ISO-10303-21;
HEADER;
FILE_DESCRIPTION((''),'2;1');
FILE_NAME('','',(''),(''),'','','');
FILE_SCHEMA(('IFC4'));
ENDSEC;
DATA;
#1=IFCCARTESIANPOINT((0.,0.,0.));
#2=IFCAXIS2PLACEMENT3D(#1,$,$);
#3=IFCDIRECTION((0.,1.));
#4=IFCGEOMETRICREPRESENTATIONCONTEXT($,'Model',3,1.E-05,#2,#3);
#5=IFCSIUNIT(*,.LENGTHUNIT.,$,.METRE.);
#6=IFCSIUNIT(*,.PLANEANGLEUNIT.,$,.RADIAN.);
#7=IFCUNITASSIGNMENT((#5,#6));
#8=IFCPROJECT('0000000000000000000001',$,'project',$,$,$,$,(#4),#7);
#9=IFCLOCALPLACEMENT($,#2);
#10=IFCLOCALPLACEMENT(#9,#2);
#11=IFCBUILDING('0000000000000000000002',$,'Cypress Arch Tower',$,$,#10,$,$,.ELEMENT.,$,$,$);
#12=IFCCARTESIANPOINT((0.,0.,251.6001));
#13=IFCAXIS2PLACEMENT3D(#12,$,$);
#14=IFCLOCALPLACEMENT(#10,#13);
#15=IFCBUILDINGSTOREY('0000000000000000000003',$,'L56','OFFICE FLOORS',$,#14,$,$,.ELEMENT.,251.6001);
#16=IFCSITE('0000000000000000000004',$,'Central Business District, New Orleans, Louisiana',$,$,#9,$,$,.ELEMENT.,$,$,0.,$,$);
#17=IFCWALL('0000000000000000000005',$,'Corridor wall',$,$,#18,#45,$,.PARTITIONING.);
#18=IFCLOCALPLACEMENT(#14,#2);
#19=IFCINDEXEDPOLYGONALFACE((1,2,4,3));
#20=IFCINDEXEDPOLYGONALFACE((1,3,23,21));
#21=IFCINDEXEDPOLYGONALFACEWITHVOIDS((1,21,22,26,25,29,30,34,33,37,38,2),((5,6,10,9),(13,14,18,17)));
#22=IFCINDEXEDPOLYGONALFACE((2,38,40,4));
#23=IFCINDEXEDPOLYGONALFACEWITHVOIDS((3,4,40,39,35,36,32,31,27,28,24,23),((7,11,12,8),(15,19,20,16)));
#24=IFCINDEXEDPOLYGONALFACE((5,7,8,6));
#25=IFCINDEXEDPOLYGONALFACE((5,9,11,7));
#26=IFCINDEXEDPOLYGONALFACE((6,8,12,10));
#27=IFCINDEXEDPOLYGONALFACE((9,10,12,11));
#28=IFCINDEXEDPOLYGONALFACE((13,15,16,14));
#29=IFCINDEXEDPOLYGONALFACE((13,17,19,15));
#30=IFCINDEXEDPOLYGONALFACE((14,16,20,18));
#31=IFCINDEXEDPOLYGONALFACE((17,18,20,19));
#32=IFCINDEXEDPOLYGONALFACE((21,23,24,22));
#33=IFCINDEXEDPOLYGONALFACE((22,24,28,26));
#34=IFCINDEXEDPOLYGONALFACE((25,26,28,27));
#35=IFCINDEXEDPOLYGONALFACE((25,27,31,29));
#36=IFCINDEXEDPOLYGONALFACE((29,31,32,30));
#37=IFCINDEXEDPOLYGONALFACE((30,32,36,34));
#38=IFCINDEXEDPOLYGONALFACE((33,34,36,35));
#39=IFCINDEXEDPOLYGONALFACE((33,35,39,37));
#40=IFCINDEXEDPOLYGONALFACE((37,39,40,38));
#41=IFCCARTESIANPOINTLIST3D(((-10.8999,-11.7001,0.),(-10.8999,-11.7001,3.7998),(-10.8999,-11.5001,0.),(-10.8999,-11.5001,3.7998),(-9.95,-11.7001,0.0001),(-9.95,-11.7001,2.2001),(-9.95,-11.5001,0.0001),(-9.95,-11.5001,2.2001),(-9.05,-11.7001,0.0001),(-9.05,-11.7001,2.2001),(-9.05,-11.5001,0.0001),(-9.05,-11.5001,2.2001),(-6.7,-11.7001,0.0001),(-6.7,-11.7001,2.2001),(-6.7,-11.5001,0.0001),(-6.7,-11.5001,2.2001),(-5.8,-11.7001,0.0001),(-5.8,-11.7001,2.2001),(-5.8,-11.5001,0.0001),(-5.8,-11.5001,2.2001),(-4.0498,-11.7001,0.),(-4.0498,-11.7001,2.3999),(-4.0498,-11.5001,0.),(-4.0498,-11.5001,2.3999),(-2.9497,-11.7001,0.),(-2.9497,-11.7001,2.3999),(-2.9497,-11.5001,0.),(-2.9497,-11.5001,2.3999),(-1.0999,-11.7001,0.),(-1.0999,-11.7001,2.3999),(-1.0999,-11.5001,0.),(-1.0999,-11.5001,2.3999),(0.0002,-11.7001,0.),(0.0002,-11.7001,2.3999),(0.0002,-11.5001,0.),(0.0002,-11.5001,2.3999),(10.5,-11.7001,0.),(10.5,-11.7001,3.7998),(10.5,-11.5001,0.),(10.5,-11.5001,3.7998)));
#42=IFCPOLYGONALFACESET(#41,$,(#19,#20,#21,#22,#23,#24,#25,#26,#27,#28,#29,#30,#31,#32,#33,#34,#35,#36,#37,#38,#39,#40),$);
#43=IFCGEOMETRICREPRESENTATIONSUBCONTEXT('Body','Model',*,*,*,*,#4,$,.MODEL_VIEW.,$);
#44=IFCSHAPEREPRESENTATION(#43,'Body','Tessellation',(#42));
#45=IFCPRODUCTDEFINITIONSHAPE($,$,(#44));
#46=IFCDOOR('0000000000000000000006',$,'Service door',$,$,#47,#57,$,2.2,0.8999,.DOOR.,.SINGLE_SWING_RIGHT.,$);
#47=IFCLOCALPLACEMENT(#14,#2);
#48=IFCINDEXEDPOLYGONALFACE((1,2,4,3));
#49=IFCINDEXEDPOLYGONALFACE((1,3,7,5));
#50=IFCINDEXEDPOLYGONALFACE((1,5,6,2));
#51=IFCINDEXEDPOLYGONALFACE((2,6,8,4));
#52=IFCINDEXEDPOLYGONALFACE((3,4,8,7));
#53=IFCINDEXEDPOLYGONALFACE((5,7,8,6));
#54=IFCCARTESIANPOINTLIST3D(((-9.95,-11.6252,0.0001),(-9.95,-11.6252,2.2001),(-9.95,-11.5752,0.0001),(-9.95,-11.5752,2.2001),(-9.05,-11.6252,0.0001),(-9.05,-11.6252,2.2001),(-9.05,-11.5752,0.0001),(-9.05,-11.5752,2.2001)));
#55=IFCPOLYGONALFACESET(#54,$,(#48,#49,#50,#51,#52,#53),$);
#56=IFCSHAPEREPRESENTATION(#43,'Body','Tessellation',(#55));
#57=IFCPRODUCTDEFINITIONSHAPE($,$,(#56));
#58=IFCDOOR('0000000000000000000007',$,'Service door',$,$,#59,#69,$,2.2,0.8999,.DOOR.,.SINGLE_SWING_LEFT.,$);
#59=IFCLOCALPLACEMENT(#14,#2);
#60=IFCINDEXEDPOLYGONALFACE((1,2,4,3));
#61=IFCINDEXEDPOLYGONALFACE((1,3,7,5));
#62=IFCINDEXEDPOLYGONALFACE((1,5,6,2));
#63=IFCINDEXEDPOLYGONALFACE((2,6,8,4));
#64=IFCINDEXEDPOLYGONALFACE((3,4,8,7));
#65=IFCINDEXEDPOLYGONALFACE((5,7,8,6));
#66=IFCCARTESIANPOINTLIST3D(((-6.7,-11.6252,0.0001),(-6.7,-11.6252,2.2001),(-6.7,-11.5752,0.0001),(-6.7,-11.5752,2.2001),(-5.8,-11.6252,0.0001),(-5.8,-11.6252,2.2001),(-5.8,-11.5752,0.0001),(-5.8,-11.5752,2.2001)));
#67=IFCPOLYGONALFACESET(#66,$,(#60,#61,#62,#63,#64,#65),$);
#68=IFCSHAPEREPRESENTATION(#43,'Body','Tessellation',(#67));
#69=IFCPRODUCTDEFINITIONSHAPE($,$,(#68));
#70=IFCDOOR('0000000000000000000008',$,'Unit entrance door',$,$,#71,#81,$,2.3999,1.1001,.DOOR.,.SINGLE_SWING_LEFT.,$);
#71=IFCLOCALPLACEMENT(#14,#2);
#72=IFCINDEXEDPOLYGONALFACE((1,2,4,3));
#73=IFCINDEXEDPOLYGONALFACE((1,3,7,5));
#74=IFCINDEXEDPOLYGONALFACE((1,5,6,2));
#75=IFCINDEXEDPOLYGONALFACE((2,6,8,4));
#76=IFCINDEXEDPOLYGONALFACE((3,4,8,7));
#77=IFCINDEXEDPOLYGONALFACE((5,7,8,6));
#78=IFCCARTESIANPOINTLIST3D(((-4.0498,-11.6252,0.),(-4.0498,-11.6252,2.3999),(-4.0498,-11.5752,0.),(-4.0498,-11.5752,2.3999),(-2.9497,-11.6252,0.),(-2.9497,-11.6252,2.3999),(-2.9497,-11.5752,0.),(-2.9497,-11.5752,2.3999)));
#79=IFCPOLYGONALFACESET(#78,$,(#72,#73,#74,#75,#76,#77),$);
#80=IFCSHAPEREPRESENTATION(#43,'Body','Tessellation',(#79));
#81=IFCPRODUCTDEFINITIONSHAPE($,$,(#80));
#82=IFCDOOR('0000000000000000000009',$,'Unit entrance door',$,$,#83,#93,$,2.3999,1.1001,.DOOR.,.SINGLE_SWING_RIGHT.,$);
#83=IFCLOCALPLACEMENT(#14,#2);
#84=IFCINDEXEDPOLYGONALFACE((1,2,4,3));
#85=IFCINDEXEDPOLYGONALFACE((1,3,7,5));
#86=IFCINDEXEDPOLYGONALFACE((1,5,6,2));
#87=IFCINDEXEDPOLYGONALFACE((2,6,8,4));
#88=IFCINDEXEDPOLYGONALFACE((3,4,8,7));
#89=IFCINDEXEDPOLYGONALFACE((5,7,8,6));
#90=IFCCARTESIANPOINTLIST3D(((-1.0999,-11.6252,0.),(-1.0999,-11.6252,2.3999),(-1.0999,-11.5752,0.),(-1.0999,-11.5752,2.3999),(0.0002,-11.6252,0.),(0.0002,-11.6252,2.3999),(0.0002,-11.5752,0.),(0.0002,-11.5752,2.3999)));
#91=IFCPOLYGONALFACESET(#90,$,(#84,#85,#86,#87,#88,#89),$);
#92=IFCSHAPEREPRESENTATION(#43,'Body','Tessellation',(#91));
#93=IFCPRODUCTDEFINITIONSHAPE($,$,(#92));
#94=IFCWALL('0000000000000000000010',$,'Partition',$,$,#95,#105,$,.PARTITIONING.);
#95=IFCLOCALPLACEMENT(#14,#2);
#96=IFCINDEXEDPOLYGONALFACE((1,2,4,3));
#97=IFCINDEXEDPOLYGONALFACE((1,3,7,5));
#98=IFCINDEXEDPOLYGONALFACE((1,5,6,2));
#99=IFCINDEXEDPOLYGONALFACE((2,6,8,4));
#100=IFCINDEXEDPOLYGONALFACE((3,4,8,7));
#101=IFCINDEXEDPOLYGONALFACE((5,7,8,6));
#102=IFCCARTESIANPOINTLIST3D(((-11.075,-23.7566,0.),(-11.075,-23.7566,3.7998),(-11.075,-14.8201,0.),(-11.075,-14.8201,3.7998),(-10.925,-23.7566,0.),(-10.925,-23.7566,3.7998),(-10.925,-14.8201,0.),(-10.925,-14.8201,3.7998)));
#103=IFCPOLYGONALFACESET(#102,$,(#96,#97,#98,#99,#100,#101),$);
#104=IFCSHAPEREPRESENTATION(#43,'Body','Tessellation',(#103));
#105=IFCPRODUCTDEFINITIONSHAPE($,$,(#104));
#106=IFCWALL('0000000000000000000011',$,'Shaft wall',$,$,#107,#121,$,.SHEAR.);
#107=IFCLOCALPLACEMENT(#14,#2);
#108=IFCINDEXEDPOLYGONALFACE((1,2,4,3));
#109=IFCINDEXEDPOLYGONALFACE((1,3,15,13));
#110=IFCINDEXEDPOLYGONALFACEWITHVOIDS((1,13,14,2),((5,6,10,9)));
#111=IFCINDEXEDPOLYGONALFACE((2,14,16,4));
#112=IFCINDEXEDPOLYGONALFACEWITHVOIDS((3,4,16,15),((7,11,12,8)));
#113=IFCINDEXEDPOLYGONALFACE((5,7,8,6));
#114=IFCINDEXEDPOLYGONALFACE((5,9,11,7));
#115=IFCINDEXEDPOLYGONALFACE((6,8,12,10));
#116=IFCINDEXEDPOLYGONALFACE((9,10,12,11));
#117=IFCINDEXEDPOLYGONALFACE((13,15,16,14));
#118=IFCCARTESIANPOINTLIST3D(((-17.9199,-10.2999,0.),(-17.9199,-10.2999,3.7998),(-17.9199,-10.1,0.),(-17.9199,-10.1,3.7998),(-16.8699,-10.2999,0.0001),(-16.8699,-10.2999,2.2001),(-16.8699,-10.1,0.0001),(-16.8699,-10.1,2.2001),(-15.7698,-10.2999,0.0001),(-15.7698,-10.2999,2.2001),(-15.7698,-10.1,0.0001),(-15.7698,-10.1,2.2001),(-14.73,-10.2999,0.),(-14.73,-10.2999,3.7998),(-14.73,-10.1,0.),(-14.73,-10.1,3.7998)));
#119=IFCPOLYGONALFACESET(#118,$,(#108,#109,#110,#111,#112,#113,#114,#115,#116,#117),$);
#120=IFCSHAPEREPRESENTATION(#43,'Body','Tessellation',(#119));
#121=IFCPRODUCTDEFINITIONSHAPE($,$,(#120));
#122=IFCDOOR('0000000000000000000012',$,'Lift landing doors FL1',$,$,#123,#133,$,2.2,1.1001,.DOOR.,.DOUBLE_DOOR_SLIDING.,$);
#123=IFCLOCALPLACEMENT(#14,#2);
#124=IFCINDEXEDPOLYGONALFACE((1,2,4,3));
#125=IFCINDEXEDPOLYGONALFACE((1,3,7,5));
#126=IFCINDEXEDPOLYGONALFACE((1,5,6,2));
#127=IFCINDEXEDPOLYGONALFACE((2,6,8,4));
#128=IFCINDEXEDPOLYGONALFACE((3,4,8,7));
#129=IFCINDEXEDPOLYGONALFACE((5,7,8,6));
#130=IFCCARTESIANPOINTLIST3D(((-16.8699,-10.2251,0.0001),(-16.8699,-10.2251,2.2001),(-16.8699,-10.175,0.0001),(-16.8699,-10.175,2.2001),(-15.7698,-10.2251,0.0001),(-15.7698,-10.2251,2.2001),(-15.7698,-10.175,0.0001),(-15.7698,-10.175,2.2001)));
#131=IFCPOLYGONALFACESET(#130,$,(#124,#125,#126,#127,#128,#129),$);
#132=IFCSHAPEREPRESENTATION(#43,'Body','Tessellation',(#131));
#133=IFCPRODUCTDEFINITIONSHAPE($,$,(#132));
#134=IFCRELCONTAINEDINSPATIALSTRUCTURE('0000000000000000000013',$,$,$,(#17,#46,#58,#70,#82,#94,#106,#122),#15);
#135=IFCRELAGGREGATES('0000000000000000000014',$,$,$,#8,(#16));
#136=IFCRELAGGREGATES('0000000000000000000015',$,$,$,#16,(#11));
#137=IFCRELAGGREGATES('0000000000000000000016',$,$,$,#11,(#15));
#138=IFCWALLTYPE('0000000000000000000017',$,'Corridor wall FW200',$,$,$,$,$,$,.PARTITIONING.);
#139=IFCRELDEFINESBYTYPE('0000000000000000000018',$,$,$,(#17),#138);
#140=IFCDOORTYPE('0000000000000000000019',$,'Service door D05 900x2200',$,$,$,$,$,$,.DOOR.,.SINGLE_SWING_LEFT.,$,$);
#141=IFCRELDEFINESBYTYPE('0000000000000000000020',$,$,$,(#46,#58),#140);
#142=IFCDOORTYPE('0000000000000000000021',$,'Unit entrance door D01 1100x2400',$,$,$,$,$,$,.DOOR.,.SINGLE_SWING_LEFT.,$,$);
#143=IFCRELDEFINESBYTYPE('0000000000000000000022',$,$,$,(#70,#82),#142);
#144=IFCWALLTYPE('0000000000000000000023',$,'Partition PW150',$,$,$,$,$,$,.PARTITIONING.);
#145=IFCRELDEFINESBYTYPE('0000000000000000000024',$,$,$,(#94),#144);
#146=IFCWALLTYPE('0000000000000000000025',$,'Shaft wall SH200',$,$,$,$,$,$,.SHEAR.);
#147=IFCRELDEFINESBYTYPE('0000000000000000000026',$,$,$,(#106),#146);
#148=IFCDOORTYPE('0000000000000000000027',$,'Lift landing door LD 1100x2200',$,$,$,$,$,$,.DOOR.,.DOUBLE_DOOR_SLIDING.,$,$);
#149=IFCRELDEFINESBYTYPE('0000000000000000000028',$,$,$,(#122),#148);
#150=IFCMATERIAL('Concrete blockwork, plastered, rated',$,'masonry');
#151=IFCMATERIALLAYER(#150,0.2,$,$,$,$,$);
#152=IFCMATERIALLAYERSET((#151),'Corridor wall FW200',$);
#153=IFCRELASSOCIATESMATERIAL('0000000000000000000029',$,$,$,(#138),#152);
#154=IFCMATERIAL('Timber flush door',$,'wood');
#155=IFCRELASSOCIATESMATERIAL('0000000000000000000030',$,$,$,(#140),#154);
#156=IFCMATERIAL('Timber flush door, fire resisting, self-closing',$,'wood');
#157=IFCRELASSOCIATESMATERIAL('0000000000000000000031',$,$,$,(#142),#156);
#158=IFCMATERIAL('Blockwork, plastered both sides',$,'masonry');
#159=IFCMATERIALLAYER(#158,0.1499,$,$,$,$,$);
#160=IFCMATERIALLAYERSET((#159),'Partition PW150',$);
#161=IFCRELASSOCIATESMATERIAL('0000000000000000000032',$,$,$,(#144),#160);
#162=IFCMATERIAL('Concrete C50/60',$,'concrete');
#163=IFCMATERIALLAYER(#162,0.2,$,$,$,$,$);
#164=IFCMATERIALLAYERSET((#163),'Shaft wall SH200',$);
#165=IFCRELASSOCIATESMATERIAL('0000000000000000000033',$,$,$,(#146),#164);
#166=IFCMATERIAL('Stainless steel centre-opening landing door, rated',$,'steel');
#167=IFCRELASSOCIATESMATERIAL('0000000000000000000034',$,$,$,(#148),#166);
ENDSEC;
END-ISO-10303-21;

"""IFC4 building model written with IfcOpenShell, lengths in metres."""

from ifc_helpers import new_model, si_unit, direction, frame, frame_2d, origin, place, context, subcontext, project, spatial, rectangle, extrude, material, layer, layer_set, type_object, element, fill, save


model = new_model("IFC4")

# Units and contexts
model_context = context("Model", 3, precision=1e-05, world=origin(), true_north=direction((0.0, 1.0)))
body_context = subcontext(model_context, "Body", "Model", "MODEL_VIEW")
ifc_project = project(units=[si_unit("LENGTHUNIT", "METRE"), si_unit("PLANEANGLEUNIT", "RADIAN")], contexts=[model_context])

# Site, building, storey
site_placement = place(None, origin())
site = spatial("IfcSite", under=ifc_project, at=site_placement, Name="Central Business District, New Orleans, Louisiana", CompositionType="ELEMENT", RefElevation=0.0)
building_placement = place(site_placement, origin())
building = spatial("IfcBuilding", under=site, at=building_placement, Name="Cypress Arch Tower", CompositionType="ELEMENT")
storey_placement = place(building_placement, frame((0.0, 0.0, 251.6001)))
storey = spatial("IfcBuildingStorey", under=building, at=storey_placement, Name="L56", Description="OFFICE FLOORS", CompositionType="ELEMENT", Elevation=251.6001)

# Shared definitions
ifc_material_1 = material(Name="Concrete blockwork, plastered, rated", Category="masonry")
ifc_layer_1 = layer(ifc_material_1, 0.2)
ifc_layer_set_1 = layer_set([ifc_layer_1], Name="Corridor wall FW200")
wall_type_1 = type_object("IfcWallType", Name="Corridor wall FW200", PredefinedType="PARTITIONING", material=ifc_layer_set_1)

# Wall, openings, doors
wall_1_placement = place(storey_placement, frame((-10.8999, -11.6001, 0.0), z_axis=(0.0, 0.0, 1.0), x_axis=(1.0, 0.0, 0.0)))
wall_1 = element("IfcWall", 1, at=wall_1_placement, inside=storey, type_object=wall_type_1, Name="Corridor wall", PredefinedType="PARTITIONING", context=body_context, shape_type="SweptSolid", body=[
    extrude(rectangle(XDim=21.3999, YDim=0.2, at=frame_2d((10.7, 0.0))), origin(), (0.0, 0.0, 1.0), 3.7998),
])
opening_1_placement = place(wall_1_placement, frame((0.95, 0.0, 0.0)))
opening_1 = element("IfcOpeningElement", 2, at=opening_1_placement, cuts=wall_1, PredefinedType="OPENING", context=body_context, shape_type="SweptSolid", body=[
    extrude(rectangle(XDim=0.8999, YDim=2.2, at=frame_2d((0.45, 1.1001))), frame((0.0, 0.1099, 0.0), z_axis=(0.0, -1.0, 0.0), x_axis=(1.0, 0.0, 0.0)), (0.0, 0.0, 1.0), 0.22),
])
opening_2_placement = place(wall_1_placement, frame((4.2, 0.0, 0.0)))
opening_2 = element("IfcOpeningElement", 3, at=opening_2_placement, cuts=wall_1, PredefinedType="OPENING", context=body_context, shape_type="SweptSolid", body=[
    extrude(rectangle(XDim=0.8999, YDim=2.2, at=frame_2d((0.45, 1.1001))), frame((0.0, 0.1099, 0.0), z_axis=(0.0, -1.0, 0.0), x_axis=(1.0, 0.0, 0.0)), (0.0, 0.0, 1.0), 0.22),
])
opening_3_placement = place(wall_1_placement, frame((6.8501, 0.0, 0.0)))
opening_3 = element("IfcOpeningElement", 4, at=opening_3_placement, cuts=wall_1, PredefinedType="OPENING", context=body_context, shape_type="SweptSolid", body=[
    extrude(rectangle(XDim=1.1001, YDim=2.3999, at=frame_2d((0.55, 1.2))), frame((0.0, 0.1099, 0.0), z_axis=(0.0, -1.0, 0.0), x_axis=(1.0, 0.0, 0.0)), (0.0, 0.0, 1.0), 0.22),
])
opening_4_placement = place(wall_1_placement, frame((9.8, 0.0, 0.0)))
opening_4 = element("IfcOpeningElement", 5, at=opening_4_placement, cuts=wall_1, PredefinedType="OPENING", context=body_context, shape_type="SweptSolid", body=[
    extrude(rectangle(XDim=1.1001, YDim=2.3999, at=frame_2d((0.55, 1.2))), frame((0.0, 0.1099, 0.0), z_axis=(0.0, -1.0, 0.0), x_axis=(1.0, 0.0, 0.0)), (0.0, 0.0, 1.0), 0.22),
])
ifc_material_2 = material(Name="Timber flush door", Category="wood")
door_type_1 = type_object("IfcDoorType", Name="Service door D05 900x2200", OperationType="SINGLE_SWING_LEFT", PredefinedType="DOOR", material=ifc_material_2)
door_1_placement = place(opening_1_placement, origin())
door_1 = element("IfcDoor", 6, at=door_1_placement, inside=storey, type_object=door_type_1, Name="Service door", OperationType="SINGLE_SWING_RIGHT", OverallHeight=2.2, OverallWidth=0.8999, PredefinedType="DOOR", context=body_context, shape_type="SweptSolid", body=[
    extrude(rectangle(XDim=0.8999, YDim=2.2, at=frame_2d((0.45, 1.1001))), frame((0.0, 0.0249, 0.0), z_axis=(0.0, -1.0, 0.0), x_axis=(1.0, 0.0, 0.0)), (0.0, 0.0, 1.0), 0.05),
])
fill(opening_1, door_1)
door_2_placement = place(opening_2_placement, origin())
door_2 = element("IfcDoor", 7, at=door_2_placement, inside=storey, type_object=door_type_1, Name="Service door", OperationType="SINGLE_SWING_LEFT", OverallHeight=2.2, OverallWidth=0.8999, PredefinedType="DOOR", context=body_context, shape_type="SweptSolid", body=[
    extrude(rectangle(XDim=0.8999, YDim=2.2, at=frame_2d((0.45, 1.1001))), frame((0.0, 0.0249, 0.0), z_axis=(0.0, -1.0, 0.0), x_axis=(1.0, 0.0, 0.0)), (0.0, 0.0, 1.0), 0.05),
])
fill(opening_2, door_2)
ifc_material_3 = material(Name="Timber flush door, fire resisting, self-closing", Category="wood")
door_type_2 = type_object("IfcDoorType", Name="Unit entrance door D01 1100x2400", OperationType="SINGLE_SWING_LEFT", PredefinedType="DOOR", material=ifc_material_3)
door_3_placement = place(opening_3_placement, origin())
door_3 = element("IfcDoor", 8, at=door_3_placement, inside=storey, type_object=door_type_2, Name="Unit entrance door", OperationType="SINGLE_SWING_LEFT", OverallHeight=2.3999, OverallWidth=1.1001, PredefinedType="DOOR", context=body_context, shape_type="SweptSolid", body=[
    extrude(rectangle(XDim=1.1001, YDim=2.3999, at=frame_2d((0.55, 1.2))), frame((0.0, 0.0249, 0.0), z_axis=(0.0, -1.0, 0.0), x_axis=(1.0, 0.0, 0.0)), (0.0, 0.0, 1.0), 0.05),
])
fill(opening_3, door_3)
door_4_placement = place(opening_4_placement, origin())
door_4 = element("IfcDoor", 9, at=door_4_placement, inside=storey, type_object=door_type_2, Name="Unit entrance door", OperationType="SINGLE_SWING_RIGHT", OverallHeight=2.3999, OverallWidth=1.1001, PredefinedType="DOOR", context=body_context, shape_type="SweptSolid", body=[
    extrude(rectangle(XDim=1.1001, YDim=2.3999, at=frame_2d((0.55, 1.2))), frame((0.0, 0.0249, 0.0), z_axis=(0.0, -1.0, 0.0), x_axis=(1.0, 0.0, 0.0)), (0.0, 0.0, 1.0), 0.05),
])
fill(opening_4, door_4)

# Wall
ifc_material_4 = material(Name="Blockwork, plastered both sides", Category="masonry")
ifc_layer_2 = layer(ifc_material_4, 0.1499)
ifc_layer_set_2 = layer_set([ifc_layer_2], Name="Partition PW150")
wall_type_2 = type_object("IfcWallType", Name="Partition PW150", PredefinedType="PARTITIONING", material=ifc_layer_set_2)
wall_2_placement = place(storey_placement, frame((-11.0, -23.7566, 0.0), z_axis=(0.0, 0.0, 1.0), x_axis=(0.0, 1.0, 0.0)))
element("IfcWall", 10, at=wall_2_placement, inside=storey, type_object=wall_type_2, Name="Partition", PredefinedType="PARTITIONING", context=body_context, shape_type="SweptSolid", body=[
    extrude(rectangle(XDim=8.9365, YDim=0.1499, at=frame_2d((4.4683, 0.0))), origin(), (0.0, 0.0, 1.0), 3.7998),
])

# Wall, opening, door
ifc_material_5 = material(Name="Concrete C50/60", Category="concrete")
ifc_layer_3 = layer(ifc_material_5, 0.2)
ifc_layer_set_3 = layer_set([ifc_layer_3], Name="Shaft wall SH200")
wall_type_3 = type_object("IfcWallType", Name="Shaft wall SH200", PredefinedType="SHEAR", material=ifc_layer_set_3)
wall_3_placement = place(storey_placement, frame((-17.9199, -10.2, 0.0), z_axis=(0.0, 0.0, 1.0), x_axis=(1.0, 0.0, 0.0)))
wall_3 = element("IfcWall", 11, at=wall_3_placement, inside=storey, type_object=wall_type_3, Name="Shaft wall", PredefinedType="SHEAR", context=body_context, shape_type="SweptSolid", body=[
    extrude(rectangle(XDim=3.1899, YDim=0.2, at=frame_2d((1.595, 0.0))), origin(), (0.0, 0.0, 1.0), 3.7998),
])
opening_5_placement = place(wall_3_placement, frame((1.05, 0.0, 0.0)))
opening_5 = element("IfcOpeningElement", 12, at=opening_5_placement, cuts=wall_3, PredefinedType="OPENING", context=body_context, shape_type="SweptSolid", body=[
    extrude(rectangle(XDim=1.1001, YDim=2.2, at=frame_2d((0.55, 1.1001))), frame((0.0, 0.1099, 0.0), z_axis=(0.0, -1.0, 0.0), x_axis=(1.0, 0.0, 0.0)), (0.0, 0.0, 1.0), 0.22),
])
ifc_material_6 = material(Name="Stainless steel centre-opening landing door, rated", Category="steel")
door_type_3 = type_object("IfcDoorType", Name="Lift landing door LD 1100x2200", OperationType="DOUBLE_DOOR_SLIDING", PredefinedType="DOOR", material=ifc_material_6)
door_5_placement = place(opening_5_placement, origin())
door_5 = element("IfcDoor", 13, at=door_5_placement, inside=storey, type_object=door_type_3, Name="Lift landing doors FL1", OperationType="DOUBLE_DOOR_SLIDING", OverallHeight=2.2, OverallWidth=1.1001, PredefinedType="DOOR", context=body_context, shape_type="SweptSolid", body=[
    extrude(rectangle(XDim=1.1001, YDim=2.2, at=frame_2d((0.55, 1.1001))), frame((0.0, 0.0249, 0.0), z_axis=(0.0, -1.0, 0.0), x_axis=(1.0, 0.0, 0.0)), (0.0, 0.0, 1.0), 0.05),
])
fill(opening_5, door_5)

save(model, "model.ifc")
